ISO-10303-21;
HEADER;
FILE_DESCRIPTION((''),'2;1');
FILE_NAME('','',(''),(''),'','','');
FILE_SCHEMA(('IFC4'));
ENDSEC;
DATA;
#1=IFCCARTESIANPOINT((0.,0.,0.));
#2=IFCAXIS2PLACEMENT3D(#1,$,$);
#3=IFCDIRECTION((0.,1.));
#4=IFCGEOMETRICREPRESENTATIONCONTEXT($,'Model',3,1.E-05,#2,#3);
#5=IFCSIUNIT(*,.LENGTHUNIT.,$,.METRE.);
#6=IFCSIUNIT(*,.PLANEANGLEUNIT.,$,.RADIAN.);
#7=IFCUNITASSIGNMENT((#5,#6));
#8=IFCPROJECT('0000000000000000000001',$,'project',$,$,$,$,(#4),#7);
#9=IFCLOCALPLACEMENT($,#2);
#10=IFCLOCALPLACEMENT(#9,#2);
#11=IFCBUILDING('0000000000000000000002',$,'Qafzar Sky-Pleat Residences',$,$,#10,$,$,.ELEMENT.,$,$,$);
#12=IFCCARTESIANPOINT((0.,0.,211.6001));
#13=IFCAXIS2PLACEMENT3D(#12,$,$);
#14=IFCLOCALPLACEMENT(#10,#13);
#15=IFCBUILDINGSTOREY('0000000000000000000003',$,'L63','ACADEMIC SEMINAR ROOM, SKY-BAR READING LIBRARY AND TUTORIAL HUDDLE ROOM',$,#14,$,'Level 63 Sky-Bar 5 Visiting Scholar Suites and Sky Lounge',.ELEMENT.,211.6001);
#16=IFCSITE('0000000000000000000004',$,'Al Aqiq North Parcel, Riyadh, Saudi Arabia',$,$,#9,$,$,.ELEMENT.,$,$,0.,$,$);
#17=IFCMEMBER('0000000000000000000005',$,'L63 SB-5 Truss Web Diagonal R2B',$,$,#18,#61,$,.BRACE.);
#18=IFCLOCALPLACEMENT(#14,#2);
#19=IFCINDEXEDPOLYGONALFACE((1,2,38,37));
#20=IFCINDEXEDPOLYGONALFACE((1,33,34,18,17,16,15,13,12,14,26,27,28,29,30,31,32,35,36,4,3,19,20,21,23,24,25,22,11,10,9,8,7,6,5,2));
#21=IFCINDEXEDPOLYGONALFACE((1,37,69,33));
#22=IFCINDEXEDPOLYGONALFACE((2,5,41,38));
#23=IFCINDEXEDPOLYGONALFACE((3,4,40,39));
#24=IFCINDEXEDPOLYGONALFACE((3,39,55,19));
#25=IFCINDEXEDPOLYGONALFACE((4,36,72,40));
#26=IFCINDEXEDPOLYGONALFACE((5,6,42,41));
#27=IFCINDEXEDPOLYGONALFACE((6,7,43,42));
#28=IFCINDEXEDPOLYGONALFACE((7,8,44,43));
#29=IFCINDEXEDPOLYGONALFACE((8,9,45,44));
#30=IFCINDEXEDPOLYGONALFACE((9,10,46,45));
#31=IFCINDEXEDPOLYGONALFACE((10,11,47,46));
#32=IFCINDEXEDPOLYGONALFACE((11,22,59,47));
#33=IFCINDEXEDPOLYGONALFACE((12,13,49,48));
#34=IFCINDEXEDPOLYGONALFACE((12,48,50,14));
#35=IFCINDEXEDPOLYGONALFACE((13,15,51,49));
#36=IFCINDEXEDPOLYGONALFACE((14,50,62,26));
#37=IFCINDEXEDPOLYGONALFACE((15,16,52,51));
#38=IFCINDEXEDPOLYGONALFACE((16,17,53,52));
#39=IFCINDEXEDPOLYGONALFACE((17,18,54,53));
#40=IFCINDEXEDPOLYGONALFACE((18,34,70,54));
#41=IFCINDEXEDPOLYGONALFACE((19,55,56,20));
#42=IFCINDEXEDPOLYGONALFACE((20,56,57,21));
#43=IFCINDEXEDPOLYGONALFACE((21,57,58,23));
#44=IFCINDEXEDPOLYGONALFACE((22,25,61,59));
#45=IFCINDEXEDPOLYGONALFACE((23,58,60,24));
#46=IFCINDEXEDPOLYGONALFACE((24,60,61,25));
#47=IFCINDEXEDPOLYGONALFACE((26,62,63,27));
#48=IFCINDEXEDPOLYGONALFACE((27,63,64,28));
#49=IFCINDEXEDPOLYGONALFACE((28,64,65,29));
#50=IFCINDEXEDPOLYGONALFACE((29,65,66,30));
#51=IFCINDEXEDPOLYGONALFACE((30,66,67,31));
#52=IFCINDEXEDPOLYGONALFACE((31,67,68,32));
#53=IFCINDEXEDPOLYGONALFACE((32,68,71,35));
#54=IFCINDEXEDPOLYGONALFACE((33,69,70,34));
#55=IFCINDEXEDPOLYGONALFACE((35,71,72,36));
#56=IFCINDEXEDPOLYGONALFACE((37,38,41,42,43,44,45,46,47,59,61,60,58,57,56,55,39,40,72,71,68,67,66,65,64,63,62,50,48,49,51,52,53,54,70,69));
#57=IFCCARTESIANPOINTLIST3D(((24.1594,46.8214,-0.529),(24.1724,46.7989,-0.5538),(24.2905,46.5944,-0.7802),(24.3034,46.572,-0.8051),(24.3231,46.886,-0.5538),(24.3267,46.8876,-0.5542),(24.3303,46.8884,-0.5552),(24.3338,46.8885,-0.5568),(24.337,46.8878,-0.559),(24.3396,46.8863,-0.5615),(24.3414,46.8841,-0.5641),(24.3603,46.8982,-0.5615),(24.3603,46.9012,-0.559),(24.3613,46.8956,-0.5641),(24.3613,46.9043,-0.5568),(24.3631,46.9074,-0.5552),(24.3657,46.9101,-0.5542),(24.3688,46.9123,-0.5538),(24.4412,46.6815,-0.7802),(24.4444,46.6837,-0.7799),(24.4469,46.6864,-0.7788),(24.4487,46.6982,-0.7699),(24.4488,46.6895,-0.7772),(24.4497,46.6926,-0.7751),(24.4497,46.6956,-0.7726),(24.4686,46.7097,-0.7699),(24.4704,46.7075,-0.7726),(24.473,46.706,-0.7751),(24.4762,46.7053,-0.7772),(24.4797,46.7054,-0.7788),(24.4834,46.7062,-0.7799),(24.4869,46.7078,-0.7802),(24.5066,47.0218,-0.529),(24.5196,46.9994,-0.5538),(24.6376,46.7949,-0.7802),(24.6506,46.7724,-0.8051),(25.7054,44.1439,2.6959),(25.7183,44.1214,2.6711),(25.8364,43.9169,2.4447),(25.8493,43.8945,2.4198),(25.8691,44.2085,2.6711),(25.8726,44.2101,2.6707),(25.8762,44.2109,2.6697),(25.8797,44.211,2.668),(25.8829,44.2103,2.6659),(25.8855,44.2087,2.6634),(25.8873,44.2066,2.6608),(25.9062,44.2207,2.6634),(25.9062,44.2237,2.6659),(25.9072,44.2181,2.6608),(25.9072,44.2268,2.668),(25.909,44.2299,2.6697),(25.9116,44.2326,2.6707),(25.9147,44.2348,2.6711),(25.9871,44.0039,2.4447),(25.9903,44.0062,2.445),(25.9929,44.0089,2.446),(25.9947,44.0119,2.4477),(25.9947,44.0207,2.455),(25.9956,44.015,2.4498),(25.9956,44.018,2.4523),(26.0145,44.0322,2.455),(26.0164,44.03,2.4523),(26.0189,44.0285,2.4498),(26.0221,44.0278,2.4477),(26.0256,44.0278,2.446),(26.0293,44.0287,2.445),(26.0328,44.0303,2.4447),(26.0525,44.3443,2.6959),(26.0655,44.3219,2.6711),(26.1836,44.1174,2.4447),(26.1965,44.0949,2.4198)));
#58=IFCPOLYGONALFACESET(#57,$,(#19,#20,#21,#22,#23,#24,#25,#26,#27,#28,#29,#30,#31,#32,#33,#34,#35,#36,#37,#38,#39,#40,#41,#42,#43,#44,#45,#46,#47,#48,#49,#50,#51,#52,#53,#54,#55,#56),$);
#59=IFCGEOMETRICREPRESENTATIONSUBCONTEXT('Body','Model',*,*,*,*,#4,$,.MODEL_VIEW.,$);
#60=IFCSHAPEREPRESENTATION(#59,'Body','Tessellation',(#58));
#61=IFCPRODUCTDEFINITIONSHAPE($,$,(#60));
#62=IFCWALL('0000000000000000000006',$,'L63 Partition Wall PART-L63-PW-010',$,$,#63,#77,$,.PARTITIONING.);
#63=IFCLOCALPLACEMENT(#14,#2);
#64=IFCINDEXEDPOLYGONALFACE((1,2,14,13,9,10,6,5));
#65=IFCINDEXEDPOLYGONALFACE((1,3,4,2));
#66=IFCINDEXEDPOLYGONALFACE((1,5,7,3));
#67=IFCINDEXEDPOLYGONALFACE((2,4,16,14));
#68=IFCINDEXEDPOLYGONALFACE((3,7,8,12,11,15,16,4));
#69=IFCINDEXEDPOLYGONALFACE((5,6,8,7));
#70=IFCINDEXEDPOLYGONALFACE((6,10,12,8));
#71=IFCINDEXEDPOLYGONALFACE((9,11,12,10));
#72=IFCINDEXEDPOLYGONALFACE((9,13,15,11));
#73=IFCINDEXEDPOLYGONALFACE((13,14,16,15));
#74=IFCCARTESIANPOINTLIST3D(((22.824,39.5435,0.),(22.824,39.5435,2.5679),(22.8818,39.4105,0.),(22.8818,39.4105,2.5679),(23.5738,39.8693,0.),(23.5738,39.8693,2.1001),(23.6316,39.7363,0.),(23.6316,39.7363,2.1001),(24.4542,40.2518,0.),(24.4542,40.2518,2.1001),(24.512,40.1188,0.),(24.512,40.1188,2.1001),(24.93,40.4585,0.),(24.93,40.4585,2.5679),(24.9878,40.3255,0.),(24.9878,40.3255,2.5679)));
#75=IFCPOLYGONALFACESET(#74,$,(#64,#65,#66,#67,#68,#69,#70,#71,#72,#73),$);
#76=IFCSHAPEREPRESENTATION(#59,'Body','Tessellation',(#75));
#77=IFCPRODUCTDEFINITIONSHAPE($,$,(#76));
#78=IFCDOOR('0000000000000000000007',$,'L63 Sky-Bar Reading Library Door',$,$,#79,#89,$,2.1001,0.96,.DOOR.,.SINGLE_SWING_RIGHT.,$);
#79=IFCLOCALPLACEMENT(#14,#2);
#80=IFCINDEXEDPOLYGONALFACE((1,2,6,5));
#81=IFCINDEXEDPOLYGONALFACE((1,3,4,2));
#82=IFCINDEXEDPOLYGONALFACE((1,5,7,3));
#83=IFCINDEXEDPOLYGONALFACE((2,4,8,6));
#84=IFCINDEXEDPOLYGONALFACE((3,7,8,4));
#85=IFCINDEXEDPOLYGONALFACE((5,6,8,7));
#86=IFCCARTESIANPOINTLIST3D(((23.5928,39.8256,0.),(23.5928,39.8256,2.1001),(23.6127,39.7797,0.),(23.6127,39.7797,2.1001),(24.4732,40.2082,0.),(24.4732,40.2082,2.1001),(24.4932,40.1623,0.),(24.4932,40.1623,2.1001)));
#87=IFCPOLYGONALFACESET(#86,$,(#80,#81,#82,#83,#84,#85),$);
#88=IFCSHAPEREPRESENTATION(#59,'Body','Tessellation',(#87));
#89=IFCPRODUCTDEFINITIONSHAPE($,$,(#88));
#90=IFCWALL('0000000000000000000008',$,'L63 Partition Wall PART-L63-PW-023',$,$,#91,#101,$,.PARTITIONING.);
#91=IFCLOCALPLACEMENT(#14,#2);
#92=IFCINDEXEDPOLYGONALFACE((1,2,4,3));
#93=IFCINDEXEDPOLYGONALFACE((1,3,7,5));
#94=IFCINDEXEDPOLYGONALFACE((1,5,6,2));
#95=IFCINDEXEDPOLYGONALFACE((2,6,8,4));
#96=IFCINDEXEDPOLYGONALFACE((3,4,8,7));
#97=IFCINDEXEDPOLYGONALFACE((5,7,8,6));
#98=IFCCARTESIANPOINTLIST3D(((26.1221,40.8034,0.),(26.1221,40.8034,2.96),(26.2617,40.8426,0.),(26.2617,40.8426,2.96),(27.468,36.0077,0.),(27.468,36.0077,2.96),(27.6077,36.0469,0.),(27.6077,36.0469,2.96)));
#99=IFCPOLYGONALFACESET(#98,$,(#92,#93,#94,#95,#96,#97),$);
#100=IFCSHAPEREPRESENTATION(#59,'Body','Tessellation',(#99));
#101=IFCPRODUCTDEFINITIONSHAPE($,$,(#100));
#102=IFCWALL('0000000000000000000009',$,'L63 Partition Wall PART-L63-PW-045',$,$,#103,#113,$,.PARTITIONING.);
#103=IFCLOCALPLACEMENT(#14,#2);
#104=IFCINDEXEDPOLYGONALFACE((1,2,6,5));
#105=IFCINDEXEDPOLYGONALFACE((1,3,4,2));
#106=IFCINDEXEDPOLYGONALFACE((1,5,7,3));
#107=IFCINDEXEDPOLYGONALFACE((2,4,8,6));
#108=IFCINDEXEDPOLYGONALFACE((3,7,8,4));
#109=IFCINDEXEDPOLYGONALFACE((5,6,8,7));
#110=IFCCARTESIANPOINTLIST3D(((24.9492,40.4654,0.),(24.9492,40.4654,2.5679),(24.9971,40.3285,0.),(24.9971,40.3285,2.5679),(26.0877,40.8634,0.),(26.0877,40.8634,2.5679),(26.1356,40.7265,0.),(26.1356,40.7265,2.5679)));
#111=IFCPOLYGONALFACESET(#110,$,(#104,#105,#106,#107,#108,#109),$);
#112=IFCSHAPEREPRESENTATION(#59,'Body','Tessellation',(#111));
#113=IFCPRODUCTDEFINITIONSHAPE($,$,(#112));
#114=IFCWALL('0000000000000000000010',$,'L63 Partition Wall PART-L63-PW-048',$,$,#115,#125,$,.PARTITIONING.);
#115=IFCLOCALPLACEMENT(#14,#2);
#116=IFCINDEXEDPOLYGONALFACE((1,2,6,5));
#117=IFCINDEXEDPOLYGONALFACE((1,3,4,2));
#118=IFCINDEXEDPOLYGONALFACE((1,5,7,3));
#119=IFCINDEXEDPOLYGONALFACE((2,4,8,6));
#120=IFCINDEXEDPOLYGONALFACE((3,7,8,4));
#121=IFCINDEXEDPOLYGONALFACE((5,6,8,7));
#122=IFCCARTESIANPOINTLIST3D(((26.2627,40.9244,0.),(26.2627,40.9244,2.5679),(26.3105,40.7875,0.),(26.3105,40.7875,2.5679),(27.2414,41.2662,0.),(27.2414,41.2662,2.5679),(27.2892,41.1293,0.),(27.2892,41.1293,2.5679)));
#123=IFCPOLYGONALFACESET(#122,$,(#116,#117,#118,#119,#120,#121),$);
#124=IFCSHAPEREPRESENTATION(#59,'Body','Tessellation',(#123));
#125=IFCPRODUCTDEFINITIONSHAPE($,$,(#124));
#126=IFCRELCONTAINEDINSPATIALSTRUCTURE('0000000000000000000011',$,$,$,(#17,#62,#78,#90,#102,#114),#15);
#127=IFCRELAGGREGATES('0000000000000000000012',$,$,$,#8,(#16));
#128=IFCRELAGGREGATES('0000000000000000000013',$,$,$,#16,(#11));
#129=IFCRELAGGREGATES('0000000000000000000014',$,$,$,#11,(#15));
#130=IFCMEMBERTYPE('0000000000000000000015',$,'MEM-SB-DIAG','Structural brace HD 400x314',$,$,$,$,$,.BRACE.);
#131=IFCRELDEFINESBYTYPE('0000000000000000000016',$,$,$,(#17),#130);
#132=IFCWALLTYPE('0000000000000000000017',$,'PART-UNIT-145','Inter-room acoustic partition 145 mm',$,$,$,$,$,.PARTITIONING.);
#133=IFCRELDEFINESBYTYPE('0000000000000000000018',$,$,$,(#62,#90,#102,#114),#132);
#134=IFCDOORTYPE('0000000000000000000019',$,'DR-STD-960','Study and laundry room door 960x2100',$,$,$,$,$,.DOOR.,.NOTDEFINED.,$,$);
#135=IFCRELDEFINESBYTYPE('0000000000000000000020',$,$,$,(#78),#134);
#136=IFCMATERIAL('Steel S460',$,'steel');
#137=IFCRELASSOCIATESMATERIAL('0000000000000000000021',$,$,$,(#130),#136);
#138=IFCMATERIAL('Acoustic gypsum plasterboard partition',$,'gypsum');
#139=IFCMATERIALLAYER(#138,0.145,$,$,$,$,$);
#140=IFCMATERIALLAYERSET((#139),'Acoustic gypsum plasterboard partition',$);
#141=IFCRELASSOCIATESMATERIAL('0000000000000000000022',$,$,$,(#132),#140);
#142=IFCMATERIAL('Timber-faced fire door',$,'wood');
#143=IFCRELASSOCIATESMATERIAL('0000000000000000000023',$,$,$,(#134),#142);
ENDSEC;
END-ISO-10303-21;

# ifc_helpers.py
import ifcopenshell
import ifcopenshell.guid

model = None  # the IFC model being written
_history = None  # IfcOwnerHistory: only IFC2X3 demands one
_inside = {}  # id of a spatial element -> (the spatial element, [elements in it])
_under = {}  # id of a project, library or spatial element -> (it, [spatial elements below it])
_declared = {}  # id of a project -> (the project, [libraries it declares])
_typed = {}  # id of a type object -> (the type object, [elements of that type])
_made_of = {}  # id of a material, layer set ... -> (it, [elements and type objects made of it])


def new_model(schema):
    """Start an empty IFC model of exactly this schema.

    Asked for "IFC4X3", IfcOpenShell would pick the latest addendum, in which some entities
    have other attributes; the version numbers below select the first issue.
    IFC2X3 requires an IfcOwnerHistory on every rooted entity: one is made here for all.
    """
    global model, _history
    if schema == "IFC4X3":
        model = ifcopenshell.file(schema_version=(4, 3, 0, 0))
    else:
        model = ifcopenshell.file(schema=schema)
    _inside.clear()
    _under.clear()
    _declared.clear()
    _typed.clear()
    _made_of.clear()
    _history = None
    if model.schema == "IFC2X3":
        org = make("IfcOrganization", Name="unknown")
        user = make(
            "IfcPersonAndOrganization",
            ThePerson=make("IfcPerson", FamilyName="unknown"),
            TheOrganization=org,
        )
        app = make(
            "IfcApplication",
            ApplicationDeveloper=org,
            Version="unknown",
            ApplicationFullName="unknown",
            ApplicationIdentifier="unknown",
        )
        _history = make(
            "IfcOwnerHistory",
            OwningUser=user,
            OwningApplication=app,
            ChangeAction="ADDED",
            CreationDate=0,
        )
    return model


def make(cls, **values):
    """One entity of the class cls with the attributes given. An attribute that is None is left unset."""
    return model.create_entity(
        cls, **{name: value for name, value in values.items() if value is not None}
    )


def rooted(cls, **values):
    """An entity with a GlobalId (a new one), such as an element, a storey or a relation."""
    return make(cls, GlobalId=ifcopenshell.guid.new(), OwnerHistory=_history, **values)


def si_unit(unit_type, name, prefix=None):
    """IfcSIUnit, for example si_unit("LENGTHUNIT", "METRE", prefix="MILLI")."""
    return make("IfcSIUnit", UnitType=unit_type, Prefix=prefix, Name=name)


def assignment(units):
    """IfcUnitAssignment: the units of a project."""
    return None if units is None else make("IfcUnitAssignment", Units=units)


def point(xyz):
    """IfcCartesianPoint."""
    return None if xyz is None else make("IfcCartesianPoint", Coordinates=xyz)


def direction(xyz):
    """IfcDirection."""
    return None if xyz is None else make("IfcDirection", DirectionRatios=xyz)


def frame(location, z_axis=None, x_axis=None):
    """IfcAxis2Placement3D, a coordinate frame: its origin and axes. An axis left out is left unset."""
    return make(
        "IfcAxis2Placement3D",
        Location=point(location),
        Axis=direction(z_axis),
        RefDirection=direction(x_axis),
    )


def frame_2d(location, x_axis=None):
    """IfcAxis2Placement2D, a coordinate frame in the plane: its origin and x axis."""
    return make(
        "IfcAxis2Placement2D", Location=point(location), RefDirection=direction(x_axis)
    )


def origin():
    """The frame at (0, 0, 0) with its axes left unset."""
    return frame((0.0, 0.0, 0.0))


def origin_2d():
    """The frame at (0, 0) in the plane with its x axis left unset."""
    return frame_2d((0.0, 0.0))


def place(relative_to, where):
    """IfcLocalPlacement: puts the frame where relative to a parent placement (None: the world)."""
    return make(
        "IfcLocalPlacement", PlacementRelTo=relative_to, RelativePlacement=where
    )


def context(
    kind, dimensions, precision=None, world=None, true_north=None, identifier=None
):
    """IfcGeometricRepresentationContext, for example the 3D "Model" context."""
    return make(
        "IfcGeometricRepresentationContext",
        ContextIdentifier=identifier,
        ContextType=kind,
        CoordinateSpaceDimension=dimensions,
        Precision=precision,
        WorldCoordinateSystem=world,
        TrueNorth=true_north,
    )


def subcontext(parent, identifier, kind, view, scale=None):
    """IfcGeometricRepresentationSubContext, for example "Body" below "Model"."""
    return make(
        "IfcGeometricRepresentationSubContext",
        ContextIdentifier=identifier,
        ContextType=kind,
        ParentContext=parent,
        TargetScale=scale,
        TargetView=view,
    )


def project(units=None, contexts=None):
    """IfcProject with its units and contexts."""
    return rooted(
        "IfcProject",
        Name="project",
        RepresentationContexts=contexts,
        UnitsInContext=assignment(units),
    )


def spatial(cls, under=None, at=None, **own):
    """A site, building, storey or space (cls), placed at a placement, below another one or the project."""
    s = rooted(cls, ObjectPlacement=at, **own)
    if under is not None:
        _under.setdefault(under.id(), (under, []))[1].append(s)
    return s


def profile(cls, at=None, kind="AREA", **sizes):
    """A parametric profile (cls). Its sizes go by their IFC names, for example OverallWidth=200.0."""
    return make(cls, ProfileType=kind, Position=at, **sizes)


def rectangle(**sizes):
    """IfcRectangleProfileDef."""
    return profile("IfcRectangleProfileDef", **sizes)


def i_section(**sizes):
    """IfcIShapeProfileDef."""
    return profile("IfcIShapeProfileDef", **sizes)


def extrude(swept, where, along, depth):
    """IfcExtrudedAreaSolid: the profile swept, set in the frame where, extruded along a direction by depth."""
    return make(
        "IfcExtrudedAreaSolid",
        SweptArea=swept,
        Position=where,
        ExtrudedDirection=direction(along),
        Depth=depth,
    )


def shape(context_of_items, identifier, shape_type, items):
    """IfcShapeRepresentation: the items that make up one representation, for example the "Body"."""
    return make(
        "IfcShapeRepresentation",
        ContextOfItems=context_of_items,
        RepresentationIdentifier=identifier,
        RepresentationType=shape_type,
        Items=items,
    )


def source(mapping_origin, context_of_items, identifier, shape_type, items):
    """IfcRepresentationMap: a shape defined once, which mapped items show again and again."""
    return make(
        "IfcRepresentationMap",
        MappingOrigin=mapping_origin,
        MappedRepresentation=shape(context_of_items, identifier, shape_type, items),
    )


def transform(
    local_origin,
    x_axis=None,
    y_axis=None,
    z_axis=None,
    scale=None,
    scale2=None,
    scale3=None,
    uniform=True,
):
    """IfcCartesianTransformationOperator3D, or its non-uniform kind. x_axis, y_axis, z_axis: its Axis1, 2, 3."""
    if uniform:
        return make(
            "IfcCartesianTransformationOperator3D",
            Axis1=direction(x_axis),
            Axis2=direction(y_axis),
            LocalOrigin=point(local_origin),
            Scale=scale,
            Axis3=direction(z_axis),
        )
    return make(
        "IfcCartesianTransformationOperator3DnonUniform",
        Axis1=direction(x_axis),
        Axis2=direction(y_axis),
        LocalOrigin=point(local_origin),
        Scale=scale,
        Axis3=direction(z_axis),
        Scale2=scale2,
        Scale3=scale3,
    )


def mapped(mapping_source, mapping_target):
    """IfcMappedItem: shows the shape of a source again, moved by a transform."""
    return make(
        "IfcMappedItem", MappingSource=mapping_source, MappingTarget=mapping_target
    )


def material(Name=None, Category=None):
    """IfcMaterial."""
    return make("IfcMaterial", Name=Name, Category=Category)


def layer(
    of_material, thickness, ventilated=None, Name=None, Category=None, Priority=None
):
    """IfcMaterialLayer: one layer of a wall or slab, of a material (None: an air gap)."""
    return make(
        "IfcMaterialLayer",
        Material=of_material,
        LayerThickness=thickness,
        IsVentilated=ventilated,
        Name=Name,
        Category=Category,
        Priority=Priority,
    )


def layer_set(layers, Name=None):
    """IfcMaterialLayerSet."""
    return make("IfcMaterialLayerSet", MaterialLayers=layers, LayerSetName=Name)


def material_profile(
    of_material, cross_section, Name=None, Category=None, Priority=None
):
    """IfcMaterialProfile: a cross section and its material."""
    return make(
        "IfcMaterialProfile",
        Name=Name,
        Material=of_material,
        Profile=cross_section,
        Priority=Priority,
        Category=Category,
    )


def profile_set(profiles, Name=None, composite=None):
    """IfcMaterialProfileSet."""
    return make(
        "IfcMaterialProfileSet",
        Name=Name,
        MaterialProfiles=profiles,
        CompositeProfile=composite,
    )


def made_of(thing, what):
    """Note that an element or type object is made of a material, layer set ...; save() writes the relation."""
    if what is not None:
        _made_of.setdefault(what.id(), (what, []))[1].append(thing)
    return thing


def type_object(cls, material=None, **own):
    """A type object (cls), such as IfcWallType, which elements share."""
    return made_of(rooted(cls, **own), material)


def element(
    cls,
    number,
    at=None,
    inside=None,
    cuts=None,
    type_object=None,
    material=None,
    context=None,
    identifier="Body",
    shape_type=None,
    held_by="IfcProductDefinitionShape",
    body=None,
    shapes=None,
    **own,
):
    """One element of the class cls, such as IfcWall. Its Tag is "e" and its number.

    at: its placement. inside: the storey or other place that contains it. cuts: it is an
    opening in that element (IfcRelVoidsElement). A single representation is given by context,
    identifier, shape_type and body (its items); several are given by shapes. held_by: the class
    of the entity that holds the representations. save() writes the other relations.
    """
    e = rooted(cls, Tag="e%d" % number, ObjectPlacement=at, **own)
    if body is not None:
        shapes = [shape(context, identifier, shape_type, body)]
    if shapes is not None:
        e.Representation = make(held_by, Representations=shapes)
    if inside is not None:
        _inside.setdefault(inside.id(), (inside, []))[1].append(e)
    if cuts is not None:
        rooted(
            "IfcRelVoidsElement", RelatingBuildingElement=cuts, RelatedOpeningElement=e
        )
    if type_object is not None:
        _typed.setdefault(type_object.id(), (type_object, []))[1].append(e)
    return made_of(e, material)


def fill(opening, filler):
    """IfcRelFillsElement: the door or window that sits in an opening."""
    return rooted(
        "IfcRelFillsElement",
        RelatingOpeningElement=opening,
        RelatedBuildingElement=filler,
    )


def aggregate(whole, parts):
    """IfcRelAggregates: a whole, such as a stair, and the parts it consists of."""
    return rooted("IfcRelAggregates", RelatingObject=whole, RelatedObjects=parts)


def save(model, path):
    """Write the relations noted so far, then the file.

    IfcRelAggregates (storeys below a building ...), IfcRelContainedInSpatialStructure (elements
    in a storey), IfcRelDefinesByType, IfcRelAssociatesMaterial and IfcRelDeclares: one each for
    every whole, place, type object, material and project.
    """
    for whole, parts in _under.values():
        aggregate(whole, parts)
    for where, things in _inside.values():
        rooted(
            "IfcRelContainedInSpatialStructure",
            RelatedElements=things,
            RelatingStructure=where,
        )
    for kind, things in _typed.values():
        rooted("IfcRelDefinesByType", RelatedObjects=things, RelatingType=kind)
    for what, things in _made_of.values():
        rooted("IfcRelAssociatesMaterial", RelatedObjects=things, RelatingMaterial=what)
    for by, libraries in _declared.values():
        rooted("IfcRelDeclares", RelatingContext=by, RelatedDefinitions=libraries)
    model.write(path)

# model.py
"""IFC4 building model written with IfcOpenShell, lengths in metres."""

from ifc_helpers import new_model, si_unit, direction, frame, frame_2d, origin, origin_2d, place, context, subcontext, project, spatial, rectangle, i_section, extrude, source, transform, mapped, material, layer, layer_set, material_profile, profile_set, type_object, element, fill, save


model = new_model("IFC4")

# Units and contexts
model_context = context("Model", 3, precision=1e-05, world=origin(), true_north=direction((0.0, 1.0)))
body_context = subcontext(model_context, "Body", "Model", "MODEL_VIEW")
ifc_project = project(units=[si_unit("LENGTHUNIT", "METRE"), si_unit("PLANEANGLEUNIT", "RADIAN")], contexts=[model_context])

# Site, building, storey
site_placement = place(None, origin())
site = spatial("IfcSite", under=ifc_project, at=site_placement, Name="Al Aqiq North Parcel, Riyadh, Saudi Arabia", CompositionType="ELEMENT", RefElevation=0.0)
building_placement = place(site_placement, origin())
building = spatial("IfcBuilding", under=site, at=building_placement, Name="Qafzar Sky-Pleat Residences", CompositionType="ELEMENT")
storey_placement = place(building_placement, frame((0.0, 0.0, 211.6001)))
storey = spatial("IfcBuildingStorey", under=building, at=storey_placement, Name="L63", Description="ACADEMIC SEMINAR ROOM, SKY-BAR READING LIBRARY AND TUTORIAL HUDDLE ROOM", LongName="Level 63 Sky-Bar 5 Visiting Scholar Suites and Sky Lounge", CompositionType="ELEMENT", Elevation=211.6001)

# Shared definitions
ifc_material_1 = material(Name="Steel S460", Category="steel")

# Member
ifc_material_profile_1 = material_profile(ifc_material_1, i_section(OverallWidth=0.4009, OverallDepth=0.3989, WebThickness=0.0229, FlangeThickness=0.0359, FilletRadius=0.0149, at=origin_2d()), Name="HD 400x314")
ifc_profile_set_1 = profile_set([ifc_material_profile_1], Name="Steel S460")
member_type = type_object("IfcMemberType", Name="MEM-SB-DIAG", Description="Structural brace HD 400x314", PredefinedType="BRACE", material=ifc_profile_set_1)
shared_shape_1 = source(origin(), body_context, "Body", "SweptSolid", [
    extrude(i_section(OverallWidth=0.4009, OverallDepth=0.3989, WebThickness=0.0229, FlangeThickness=0.0359, FilletRadius=0.0149, at=origin_2d()), origin(), (0.0, 0.0, 1.0), 4.4675),
])
for number, where, z_axis, x_axis, name in (
    (1, (25.9509, 44.1194, 2.5579), (-0.346033, 0.599328, -0.72185), (-0.866019, -0.500012, 0.0), "L63 SB-5 Truss Web Diagonal R2B"),
):
    element("IfcMember", number, at=place(storey_placement, frame(where, z_axis=z_axis, x_axis=x_axis)), inside=storey, type_object=member_type, Name=name, PredefinedType="BRACE", context=body_context, shape_type="MappedRepresentation", body=[
        mapped(shared_shape_1, transform((0.0, 0.0, 0.0), x_axis=(1.0, 0.0, 0.0), y_axis=(0.0, 1.0, 0.0), z_axis=(0.0, 0.0, 1.0), scale=1.0)),
    ])

# Wall, opening, door
ifc_material_2 = material(Name="Acoustic gypsum plasterboard partition", Category="gypsum")
ifc_layer = layer(ifc_material_2, 0.145)
ifc_layer_set = layer_set([ifc_layer], Name="Acoustic gypsum plasterboard partition")
wall_type = type_object("IfcWallType", Name="PART-UNIT-145", Description="Inter-room acoustic partition 145 mm", PredefinedType="PARTITIONING", material=ifc_layer_set)
wall_1_placement = place(storey_placement, frame((22.853, 39.4771, 0.0), z_axis=(0.0, 0.0, 1.0), x_axis=(0.917165, 0.398508, 0.0)))
wall_1 = element("IfcWall", 2, at=wall_1_placement, inside=storey, type_object=wall_type, Name="L63 Partition Wall PART-L63-PW-010", PredefinedType="PARTITIONING", context=body_context, shape_type="SweptSolid", body=[
    extrude(rectangle(XDim=2.2961, YDim=0.145, at=frame_2d((1.1479, 0.0))), origin(), (0.0, 0.0, 1.0), 2.5679),
])
opening_placement = place(wall_1_placement, frame((0.8174, 0.0, 0.0)))
opening = element("IfcOpeningElement", 3, at=opening_placement, cuts=wall_1, PredefinedType="OPENING", context=body_context, shape_type="SweptSolid", body=[
    extrude(rectangle(XDim=0.96, YDim=2.1001, at=frame_2d((0.48, 1.05))), frame((0.0, 0.0825, 0.0), z_axis=(0.0, -1.0, 0.0), x_axis=(1.0, 0.0, 0.0)), (0.0, 0.0, 1.0), 0.165),
])
ifc_material_3 = material(Name="Timber-faced fire door", Category="wood")
door_type = type_object("IfcDoorType", Name="DR-STD-960", Description="Study and laundry room door 960x2100", OperationType="NOTDEFINED", PredefinedType="DOOR", material=ifc_material_3)
shared_shape_2 = source(origin(), body_context, "Body", "SweptSolid", [
    extrude(rectangle(XDim=0.96, YDim=2.1001, at=frame_2d((0.48, 1.05))), frame((0.0, 0.0249, 0.0), z_axis=(0.0, -1.0, 0.0), x_axis=(1.0, 0.0, 0.0)), (0.0, 0.0, 1.0), 0.05),
])
door_placement = place(opening_placement, origin())
door = element("IfcDoor", 4, at=door_placement, inside=storey, type_object=door_type, Name="L63 Sky-Bar Reading Library Door", OperationType="SINGLE_SWING_RIGHT", OverallHeight=2.1001, OverallWidth=0.96, PredefinedType="DOOR", context=body_context, shape_type="MappedRepresentation", body=[
    mapped(shared_shape_2, transform((0.0, 0.0, 0.0), x_axis=(1.0, 0.0, 0.0), y_axis=(0.0, 1.0, 0.0), z_axis=(0.0, 0.0, 1.0), scale=1.0)),
])
fill(opening, door)

# Walls
wall_2_placement = place(storey_placement, frame((26.1919, 40.823, 0.0), z_axis=(0.0, 0.0, 1.0), x_axis=(0.270219, -0.962799, 0.0)))
element("IfcWall", 5, at=wall_2_placement, inside=storey, type_object=wall_type, Name="L63 Partition Wall PART-L63-PW-023", PredefinedType="PARTITIONING", context=body_context, shape_type="SweptSolid", body=[
    extrude(rectangle(XDim=4.981, YDim=0.145, at=frame_2d((2.4905, 0.0))), origin(), (0.0, 0.0, 1.0), 2.96),
])
wall_3_placement = place(storey_placement, frame((24.9731, 40.397, 0.0), z_axis=(0.0, 0.0, 1.0), x_axis=(0.943988, 0.329981, 0.0)))
element("IfcWall", 6, at=wall_3_placement, inside=storey, type_object=wall_type, Name="L63 Partition Wall PART-L63-PW-045", PredefinedType="PARTITIONING", context=body_context, shape_type="SweptSolid", body=[
    extrude(rectangle(XDim=1.2061, YDim=0.145, at=frame_2d((0.603, 0.0))), origin(), (0.0, 0.0, 1.0), 2.5679),
])
wall_4_placement = place(storey_placement, frame((26.2866, 40.856, 0.0), z_axis=(0.0, 0.0, 1.0), x_axis=(0.944089, 0.329689, 0.0)))
element("IfcWall", 7, at=wall_4_placement, inside=storey, type_object=wall_type, Name="L63 Partition Wall PART-L63-PW-048", PredefinedType="PARTITIONING", context=body_context, shape_type="SweptSolid", body=[
    extrude(rectangle(XDim=1.0366, YDim=0.145, at=frame_2d((0.5183, 0.0))), origin(), (0.0, 0.0, 1.0), 2.5679),
])

save(model, "model.ifc")
